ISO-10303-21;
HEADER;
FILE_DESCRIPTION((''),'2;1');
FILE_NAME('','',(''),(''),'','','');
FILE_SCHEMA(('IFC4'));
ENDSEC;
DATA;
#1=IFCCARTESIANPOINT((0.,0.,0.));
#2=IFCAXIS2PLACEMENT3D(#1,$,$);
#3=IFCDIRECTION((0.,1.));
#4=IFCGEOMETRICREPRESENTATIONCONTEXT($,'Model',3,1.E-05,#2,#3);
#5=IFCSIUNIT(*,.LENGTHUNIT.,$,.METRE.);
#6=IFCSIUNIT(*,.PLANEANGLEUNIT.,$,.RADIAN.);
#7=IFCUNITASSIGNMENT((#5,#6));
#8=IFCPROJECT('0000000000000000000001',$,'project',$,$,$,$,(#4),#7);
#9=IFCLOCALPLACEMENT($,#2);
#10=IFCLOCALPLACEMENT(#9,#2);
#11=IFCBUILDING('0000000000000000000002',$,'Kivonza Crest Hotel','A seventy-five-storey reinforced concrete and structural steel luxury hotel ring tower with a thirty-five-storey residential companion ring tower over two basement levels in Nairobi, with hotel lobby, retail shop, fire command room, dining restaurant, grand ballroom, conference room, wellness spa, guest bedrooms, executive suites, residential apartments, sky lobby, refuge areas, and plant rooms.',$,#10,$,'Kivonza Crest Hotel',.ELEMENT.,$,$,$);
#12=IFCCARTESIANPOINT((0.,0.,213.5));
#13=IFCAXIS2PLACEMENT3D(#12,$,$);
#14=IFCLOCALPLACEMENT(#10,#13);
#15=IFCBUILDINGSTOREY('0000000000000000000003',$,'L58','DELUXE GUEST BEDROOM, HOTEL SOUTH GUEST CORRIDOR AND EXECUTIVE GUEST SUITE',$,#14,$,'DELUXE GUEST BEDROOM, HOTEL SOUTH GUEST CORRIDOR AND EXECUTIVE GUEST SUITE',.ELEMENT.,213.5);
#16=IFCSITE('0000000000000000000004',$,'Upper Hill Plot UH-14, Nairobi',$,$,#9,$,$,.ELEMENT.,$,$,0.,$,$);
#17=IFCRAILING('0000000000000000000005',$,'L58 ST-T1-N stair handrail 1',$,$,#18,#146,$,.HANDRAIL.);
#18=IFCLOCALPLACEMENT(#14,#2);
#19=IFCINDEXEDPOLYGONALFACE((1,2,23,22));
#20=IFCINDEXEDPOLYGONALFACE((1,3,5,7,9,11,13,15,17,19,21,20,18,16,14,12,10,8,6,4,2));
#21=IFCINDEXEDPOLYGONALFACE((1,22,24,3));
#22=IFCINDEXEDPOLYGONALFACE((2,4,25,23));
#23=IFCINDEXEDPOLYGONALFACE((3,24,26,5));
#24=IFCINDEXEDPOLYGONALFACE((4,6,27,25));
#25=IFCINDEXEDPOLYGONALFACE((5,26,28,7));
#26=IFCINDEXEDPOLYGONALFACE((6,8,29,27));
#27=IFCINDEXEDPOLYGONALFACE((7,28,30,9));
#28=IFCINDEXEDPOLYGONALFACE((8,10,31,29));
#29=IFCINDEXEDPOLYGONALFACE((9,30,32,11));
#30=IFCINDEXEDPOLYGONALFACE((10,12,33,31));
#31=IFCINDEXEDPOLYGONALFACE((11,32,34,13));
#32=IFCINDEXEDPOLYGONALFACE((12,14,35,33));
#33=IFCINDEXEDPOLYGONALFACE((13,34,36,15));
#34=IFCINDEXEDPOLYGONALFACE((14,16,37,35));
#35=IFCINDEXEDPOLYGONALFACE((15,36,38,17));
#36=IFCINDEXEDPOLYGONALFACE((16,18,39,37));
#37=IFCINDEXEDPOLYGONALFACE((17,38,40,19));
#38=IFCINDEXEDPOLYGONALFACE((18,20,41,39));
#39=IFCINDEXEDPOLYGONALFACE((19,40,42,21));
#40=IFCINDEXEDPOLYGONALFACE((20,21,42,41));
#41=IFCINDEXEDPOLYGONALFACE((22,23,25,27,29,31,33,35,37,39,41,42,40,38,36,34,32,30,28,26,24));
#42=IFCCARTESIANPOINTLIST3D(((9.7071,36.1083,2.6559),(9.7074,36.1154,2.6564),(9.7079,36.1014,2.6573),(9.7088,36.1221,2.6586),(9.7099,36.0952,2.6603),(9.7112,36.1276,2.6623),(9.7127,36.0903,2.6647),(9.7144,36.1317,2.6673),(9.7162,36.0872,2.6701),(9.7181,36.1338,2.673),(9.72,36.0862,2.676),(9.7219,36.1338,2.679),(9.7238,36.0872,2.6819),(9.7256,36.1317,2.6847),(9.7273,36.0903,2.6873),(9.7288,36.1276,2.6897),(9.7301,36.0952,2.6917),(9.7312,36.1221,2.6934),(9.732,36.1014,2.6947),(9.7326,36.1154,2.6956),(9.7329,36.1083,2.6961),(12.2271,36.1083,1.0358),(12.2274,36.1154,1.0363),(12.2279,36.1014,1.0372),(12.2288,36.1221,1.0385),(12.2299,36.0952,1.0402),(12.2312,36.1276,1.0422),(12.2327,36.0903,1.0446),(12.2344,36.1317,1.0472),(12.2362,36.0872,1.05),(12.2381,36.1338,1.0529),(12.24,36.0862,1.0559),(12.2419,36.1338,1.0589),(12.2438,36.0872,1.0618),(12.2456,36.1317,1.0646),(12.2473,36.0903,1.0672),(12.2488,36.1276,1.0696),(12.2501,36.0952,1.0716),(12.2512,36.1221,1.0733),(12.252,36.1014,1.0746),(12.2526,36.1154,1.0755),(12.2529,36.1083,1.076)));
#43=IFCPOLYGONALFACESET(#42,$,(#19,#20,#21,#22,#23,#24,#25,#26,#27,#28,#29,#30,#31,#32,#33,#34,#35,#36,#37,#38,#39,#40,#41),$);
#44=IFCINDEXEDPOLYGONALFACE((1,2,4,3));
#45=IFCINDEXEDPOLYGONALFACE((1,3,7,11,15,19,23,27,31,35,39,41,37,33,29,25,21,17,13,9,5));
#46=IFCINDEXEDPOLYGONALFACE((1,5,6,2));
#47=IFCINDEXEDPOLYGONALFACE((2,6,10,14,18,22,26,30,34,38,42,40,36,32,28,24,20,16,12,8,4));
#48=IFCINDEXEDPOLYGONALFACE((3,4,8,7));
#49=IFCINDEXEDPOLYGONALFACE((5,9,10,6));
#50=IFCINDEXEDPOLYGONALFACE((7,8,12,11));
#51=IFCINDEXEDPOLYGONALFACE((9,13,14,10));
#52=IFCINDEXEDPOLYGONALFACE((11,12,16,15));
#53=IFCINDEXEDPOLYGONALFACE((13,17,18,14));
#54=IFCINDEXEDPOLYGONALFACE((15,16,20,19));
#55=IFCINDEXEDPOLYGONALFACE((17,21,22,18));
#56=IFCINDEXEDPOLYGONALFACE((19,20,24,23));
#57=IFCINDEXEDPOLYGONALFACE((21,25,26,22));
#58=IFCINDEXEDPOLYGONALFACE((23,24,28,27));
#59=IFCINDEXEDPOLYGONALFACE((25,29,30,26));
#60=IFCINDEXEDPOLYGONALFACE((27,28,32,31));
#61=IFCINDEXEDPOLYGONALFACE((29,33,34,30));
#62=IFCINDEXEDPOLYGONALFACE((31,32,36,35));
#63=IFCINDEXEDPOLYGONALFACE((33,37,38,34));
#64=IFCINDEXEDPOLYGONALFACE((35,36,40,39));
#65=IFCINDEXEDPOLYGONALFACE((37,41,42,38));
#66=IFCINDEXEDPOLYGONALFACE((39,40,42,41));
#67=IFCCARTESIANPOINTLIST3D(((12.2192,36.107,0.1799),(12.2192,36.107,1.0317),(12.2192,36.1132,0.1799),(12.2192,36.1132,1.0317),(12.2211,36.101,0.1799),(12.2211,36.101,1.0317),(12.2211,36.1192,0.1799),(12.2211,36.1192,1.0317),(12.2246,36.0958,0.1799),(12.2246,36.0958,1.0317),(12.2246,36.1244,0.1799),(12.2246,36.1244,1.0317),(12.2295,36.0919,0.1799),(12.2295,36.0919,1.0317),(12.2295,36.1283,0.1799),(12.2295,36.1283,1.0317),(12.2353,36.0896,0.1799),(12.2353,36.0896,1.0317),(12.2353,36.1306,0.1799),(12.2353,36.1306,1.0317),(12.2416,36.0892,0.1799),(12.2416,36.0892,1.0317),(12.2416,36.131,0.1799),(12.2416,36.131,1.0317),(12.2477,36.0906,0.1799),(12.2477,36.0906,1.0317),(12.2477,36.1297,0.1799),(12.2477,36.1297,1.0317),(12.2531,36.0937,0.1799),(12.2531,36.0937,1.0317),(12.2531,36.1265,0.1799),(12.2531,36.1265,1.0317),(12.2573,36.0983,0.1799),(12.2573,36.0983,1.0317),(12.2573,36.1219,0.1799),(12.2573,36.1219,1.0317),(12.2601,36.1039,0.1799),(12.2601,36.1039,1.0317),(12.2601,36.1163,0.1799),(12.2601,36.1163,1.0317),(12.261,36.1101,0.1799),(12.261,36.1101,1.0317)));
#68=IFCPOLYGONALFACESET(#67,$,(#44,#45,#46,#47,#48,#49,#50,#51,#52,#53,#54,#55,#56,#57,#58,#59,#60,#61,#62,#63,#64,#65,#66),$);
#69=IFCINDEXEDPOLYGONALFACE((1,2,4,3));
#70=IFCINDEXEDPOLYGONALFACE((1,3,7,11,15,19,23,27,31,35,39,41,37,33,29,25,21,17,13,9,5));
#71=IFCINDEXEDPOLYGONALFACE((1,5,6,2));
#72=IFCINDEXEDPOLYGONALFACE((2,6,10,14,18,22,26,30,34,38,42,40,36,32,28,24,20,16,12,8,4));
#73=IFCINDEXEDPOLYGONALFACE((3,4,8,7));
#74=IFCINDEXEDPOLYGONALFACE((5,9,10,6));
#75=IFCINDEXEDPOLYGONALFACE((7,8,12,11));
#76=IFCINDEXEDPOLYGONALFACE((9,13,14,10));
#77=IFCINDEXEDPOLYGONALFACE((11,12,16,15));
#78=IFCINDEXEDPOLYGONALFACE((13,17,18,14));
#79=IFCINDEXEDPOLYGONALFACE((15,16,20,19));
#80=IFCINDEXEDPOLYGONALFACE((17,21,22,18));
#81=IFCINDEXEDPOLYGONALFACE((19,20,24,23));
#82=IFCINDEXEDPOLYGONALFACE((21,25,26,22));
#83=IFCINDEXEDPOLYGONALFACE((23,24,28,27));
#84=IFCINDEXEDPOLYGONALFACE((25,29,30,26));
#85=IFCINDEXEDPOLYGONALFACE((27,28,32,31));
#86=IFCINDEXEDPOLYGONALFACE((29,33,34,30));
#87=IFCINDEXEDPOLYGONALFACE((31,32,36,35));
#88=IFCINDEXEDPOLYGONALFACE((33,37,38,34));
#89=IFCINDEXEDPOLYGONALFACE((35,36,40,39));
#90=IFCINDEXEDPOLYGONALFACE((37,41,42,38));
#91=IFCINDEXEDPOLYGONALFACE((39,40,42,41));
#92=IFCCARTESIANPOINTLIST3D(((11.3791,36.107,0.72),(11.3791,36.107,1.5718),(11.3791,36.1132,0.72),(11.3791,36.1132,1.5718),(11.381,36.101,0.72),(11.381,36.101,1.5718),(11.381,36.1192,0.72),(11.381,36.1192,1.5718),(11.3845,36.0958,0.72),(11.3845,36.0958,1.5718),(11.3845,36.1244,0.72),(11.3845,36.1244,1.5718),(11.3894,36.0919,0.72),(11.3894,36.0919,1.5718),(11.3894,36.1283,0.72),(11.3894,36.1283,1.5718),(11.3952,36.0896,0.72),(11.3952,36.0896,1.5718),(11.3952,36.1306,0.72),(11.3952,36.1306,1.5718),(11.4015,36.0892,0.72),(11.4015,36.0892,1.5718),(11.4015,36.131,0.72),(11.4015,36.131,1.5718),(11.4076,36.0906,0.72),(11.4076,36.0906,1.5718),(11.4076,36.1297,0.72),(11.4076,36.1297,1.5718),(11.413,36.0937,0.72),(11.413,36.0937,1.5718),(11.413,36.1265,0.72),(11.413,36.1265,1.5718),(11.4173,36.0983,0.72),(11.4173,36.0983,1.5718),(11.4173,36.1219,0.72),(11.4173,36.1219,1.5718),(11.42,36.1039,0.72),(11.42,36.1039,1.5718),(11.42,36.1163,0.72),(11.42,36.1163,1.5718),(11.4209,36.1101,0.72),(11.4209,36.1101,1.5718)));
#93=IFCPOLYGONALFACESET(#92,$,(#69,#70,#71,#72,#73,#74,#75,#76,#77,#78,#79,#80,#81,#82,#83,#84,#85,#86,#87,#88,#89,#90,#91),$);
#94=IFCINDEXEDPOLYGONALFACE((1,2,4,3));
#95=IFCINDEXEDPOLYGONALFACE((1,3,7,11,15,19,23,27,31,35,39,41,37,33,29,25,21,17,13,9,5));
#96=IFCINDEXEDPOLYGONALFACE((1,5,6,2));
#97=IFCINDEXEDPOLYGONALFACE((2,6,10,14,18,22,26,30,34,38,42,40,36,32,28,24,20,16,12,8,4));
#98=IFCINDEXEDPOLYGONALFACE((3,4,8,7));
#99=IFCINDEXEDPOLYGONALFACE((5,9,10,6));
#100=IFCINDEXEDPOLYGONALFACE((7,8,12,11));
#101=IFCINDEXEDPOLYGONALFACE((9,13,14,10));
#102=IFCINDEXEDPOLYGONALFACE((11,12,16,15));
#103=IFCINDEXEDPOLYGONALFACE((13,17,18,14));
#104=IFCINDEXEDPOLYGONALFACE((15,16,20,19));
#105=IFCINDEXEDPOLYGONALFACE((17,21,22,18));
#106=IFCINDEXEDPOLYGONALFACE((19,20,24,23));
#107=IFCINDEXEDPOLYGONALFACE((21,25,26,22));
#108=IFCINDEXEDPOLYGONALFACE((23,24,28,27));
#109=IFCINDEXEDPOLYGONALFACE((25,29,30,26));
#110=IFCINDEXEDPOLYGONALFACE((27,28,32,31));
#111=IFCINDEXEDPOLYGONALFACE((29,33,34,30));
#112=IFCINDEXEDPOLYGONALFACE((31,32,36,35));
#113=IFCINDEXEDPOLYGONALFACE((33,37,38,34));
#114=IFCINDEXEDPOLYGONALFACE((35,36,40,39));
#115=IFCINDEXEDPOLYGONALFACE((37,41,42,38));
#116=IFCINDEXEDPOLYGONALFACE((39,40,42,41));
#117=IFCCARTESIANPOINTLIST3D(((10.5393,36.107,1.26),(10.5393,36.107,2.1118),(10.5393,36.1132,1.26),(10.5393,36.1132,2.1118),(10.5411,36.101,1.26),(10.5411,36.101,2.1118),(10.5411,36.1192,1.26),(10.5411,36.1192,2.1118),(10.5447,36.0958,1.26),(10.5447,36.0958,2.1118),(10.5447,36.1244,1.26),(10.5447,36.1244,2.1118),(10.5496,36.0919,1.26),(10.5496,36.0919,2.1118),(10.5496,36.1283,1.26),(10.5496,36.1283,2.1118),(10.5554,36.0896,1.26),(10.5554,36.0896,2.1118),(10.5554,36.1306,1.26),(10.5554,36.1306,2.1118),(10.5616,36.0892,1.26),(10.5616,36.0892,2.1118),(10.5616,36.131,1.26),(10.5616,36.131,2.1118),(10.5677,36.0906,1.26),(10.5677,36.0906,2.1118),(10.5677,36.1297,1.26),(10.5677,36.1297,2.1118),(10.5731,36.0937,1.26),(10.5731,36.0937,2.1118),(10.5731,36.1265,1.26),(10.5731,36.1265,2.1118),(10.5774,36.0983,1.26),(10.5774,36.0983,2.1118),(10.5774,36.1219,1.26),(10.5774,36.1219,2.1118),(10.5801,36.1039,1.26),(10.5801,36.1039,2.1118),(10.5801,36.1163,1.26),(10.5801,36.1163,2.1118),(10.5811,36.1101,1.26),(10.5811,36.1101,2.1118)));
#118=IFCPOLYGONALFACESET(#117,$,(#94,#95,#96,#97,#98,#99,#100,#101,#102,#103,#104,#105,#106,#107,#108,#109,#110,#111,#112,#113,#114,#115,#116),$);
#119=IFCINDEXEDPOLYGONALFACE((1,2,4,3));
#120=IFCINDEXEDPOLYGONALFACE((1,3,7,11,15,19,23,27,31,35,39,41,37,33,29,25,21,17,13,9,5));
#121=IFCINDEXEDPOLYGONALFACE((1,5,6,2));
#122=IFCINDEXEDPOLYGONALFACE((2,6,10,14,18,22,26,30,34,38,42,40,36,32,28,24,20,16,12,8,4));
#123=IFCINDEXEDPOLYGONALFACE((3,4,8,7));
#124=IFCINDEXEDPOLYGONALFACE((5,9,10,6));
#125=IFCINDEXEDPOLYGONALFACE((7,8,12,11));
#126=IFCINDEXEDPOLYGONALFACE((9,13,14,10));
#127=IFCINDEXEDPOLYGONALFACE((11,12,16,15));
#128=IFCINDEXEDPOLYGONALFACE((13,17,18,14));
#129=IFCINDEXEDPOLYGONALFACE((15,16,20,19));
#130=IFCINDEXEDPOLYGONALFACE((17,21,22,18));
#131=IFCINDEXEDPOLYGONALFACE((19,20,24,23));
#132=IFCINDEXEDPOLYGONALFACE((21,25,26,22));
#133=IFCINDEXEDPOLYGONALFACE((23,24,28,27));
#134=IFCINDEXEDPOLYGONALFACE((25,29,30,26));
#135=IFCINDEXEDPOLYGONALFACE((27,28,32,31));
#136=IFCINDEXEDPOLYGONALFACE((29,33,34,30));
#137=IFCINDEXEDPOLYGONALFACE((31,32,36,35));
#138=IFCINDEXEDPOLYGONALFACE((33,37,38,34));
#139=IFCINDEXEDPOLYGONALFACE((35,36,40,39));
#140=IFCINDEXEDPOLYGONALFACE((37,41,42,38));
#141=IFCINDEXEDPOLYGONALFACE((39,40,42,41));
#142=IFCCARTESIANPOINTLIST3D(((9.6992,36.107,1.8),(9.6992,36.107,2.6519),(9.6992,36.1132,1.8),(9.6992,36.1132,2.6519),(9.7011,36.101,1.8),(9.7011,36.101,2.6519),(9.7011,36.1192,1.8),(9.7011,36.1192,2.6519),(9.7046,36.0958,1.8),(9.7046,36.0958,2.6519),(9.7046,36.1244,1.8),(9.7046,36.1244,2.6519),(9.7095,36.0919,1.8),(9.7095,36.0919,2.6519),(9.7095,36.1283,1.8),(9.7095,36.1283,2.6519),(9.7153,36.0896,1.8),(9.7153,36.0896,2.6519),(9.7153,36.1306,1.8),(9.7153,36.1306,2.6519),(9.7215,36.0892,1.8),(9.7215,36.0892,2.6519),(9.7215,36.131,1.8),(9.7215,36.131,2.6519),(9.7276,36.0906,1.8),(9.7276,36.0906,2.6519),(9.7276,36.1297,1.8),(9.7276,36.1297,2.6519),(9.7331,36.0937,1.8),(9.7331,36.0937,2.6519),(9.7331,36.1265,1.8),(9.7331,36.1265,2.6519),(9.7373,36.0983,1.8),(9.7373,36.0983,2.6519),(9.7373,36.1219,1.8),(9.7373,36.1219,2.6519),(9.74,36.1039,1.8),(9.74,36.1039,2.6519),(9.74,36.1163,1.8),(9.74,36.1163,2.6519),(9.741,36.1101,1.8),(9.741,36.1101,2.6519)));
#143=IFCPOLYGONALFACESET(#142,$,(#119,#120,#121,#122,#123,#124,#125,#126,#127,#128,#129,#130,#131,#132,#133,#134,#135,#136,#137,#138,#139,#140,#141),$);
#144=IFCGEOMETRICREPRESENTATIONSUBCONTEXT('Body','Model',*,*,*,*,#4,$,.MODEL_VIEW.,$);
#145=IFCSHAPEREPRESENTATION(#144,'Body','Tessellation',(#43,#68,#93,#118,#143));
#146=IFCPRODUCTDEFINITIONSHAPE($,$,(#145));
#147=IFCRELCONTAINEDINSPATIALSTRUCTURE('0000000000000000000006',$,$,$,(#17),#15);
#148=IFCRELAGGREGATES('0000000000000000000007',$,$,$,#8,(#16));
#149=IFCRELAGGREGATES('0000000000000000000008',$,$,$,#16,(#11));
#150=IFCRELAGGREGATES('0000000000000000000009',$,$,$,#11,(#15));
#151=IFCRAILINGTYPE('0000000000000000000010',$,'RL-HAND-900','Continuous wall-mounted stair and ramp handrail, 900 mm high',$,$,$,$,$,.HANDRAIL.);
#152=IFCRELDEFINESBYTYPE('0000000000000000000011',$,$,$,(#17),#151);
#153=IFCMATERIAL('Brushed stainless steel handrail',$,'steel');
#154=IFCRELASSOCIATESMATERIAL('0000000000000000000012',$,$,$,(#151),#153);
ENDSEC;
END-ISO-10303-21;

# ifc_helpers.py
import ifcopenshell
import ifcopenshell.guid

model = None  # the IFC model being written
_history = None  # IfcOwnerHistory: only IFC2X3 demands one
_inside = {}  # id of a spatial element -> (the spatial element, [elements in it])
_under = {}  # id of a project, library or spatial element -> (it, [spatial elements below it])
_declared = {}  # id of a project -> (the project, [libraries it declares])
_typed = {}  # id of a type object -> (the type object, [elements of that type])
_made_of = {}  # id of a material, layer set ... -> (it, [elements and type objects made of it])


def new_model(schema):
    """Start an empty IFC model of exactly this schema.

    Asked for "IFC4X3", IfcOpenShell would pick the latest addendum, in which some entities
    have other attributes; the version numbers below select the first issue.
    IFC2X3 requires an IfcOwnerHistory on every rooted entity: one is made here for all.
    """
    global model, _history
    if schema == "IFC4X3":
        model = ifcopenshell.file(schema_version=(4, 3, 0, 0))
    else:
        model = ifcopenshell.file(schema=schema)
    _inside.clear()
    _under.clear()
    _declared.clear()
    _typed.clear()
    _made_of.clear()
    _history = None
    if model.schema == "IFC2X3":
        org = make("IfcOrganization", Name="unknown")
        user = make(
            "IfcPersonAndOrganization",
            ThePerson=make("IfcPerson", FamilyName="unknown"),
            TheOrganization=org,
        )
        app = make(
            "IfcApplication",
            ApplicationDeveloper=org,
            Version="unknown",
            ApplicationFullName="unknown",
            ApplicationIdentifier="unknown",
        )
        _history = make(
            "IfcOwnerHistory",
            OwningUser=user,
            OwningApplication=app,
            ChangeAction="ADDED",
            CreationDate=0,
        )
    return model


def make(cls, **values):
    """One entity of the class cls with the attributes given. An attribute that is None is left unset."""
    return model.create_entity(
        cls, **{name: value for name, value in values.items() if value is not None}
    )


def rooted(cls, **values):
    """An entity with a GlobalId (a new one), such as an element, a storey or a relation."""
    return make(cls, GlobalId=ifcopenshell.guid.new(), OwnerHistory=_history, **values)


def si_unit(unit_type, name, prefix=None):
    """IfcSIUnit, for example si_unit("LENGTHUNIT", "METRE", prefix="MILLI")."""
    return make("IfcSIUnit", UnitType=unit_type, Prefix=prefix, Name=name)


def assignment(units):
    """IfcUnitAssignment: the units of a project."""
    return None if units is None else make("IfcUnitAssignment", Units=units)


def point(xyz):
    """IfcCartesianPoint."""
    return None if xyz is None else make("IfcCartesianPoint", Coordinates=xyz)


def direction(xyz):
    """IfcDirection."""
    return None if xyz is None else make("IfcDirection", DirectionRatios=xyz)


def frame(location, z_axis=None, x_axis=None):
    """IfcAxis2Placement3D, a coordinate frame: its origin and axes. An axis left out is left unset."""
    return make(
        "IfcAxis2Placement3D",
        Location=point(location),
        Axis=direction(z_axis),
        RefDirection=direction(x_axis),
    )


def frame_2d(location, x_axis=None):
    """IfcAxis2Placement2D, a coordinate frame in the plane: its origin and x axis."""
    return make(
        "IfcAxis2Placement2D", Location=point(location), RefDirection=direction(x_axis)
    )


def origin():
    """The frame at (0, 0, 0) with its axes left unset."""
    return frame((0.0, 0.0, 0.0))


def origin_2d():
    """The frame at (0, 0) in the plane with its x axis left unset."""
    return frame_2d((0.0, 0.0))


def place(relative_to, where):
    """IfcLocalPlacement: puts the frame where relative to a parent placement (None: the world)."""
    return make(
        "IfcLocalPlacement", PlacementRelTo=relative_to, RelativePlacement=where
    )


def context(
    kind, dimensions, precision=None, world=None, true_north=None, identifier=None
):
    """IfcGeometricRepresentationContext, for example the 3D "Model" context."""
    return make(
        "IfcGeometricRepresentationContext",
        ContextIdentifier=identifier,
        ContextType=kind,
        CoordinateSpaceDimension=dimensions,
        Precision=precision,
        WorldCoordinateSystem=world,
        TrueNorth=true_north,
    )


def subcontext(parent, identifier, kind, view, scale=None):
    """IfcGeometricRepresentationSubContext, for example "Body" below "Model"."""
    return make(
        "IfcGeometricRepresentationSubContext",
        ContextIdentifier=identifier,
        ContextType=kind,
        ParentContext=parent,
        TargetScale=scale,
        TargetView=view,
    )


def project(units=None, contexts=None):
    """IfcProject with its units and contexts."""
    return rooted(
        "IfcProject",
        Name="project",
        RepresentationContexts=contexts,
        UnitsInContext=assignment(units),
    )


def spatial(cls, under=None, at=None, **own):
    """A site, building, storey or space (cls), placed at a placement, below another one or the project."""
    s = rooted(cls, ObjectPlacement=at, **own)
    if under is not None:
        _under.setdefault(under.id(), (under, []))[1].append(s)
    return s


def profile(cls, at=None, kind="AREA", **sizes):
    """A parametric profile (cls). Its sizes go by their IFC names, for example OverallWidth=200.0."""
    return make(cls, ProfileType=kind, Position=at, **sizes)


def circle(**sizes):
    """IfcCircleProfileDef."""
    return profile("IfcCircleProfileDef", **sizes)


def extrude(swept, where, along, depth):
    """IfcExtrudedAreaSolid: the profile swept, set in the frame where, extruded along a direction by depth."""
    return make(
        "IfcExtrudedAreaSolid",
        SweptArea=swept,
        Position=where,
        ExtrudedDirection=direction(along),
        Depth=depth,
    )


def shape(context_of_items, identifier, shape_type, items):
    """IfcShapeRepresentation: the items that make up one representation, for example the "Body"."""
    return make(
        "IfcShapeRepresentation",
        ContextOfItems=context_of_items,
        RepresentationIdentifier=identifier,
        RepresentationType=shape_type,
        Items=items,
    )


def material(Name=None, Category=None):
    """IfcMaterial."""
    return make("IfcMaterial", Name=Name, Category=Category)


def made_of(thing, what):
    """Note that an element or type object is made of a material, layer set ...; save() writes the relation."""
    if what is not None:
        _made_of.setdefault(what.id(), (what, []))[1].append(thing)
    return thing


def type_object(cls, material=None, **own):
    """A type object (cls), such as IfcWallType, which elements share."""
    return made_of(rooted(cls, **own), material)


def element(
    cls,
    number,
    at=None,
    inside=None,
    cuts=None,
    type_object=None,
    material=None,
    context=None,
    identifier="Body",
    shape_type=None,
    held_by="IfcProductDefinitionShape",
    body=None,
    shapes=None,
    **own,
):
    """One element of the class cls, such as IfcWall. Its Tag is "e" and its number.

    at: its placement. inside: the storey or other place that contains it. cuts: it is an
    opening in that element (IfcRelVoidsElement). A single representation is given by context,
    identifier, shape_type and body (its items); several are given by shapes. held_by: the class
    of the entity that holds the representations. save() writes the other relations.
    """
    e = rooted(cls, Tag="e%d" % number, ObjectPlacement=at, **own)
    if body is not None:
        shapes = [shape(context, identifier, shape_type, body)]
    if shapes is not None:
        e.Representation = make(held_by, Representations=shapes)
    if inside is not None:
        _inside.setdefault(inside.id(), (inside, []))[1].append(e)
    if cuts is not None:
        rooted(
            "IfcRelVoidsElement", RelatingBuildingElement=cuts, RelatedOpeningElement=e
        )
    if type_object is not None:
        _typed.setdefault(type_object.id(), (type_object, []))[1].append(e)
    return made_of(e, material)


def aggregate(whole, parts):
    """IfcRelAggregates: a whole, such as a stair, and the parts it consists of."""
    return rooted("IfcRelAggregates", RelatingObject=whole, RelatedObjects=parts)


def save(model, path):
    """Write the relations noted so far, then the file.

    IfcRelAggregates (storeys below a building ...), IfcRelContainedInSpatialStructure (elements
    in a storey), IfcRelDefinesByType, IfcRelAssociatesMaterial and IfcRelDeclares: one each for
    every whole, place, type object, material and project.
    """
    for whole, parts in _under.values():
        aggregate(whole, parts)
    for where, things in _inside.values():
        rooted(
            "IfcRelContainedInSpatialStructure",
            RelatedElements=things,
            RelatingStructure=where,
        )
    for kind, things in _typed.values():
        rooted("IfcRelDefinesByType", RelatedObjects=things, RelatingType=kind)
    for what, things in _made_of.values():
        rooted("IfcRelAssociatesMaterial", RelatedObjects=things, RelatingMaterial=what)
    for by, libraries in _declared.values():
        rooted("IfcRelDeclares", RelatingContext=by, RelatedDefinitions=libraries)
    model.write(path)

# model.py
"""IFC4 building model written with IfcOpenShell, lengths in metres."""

from ifc_helpers import new_model, si_unit, direction, frame, origin, origin_2d, place, context, subcontext, project, spatial, circle, extrude, material, type_object, element, save


model = new_model("IFC4")

# Units and contexts
model_context = context("Model", 3, precision=1e-05, world=origin(), true_north=direction((0.0, 1.0)))
body_context = subcontext(model_context, "Body", "Model", "MODEL_VIEW")
ifc_project = project(units=[si_unit("LENGTHUNIT", "METRE"), si_unit("PLANEANGLEUNIT", "RADIAN")], contexts=[model_context])

# Site, building, storey
site_placement = place(None, origin())
site = spatial("IfcSite", under=ifc_project, at=site_placement, Name="Upper Hill Plot UH-14, Nairobi", CompositionType="ELEMENT", RefElevation=0.0)
building_placement = place(site_placement, origin())
building = spatial("IfcBuilding", under=site, at=building_placement, Name="Kivonza Crest Hotel", Description="A seventy-five-storey reinforced concrete and structural steel luxury hotel ring tower with a thirty-five-storey residential companion ring tower over two basement levels in Nairobi, with hotel lobby, retail shop, fire command room, dining restaurant, grand ballroom, conference room, wellness spa, guest bedrooms, executive suites, residential apartments, sky lobby, refuge areas, and plant rooms.", LongName="Kivonza Crest Hotel", CompositionType="ELEMENT")
storey_placement = place(building_placement, frame((0.0, 0.0, 213.5)))
storey = spatial("IfcBuildingStorey", under=building, at=storey_placement, Name="L58", Description="DELUXE GUEST BEDROOM, HOTEL SOUTH GUEST CORRIDOR AND EXECUTIVE GUEST SUITE", LongName="DELUXE GUEST BEDROOM, HOTEL SOUTH GUEST CORRIDOR AND EXECUTIVE GUEST SUITE", CompositionType="ELEMENT", Elevation=213.5)

# Railing
ifc_material_1 = material(Name="Brushed stainless steel handrail", Category="steel")
railing_type_1 = type_object("IfcRailingType", Name="RL-HAND-900", Description="Continuous wall-mounted stair and ramp handrail, 900 mm high", PredefinedType="HANDRAIL", material=ifc_material_1)
railing_1_placement = place(storey_placement, frame((12.24, 36.1101, 0.1799)))
element("IfcRailing", 1, at=railing_1_placement, inside=storey, type_object=railing_type_1, Name="L58 ST-T1-N stair handrail 1", PredefinedType="HANDRAIL", context=body_context, shape_type="SweptSolid", body=[
    extrude(circle(Radius=0.0239, at=origin_2d()), frame((0.0, 0.0, 0.876), z_axis=(-0.841163, 0.0, 0.540782), x_axis=(0.0, -1.0, 0.0)), (0.0, 0.0, 1.0), 2.9958),
    extrude(circle(Radius=0.021, at=origin_2d()), origin(), (0.0, 0.0, 1.0), 0.8518),
    extrude(circle(Radius=0.021, at=origin_2d()), frame((-0.8401, 0.0, 0.54)), (0.0, 0.0, 1.0), 0.8518),
    extrude(circle(Radius=0.021, at=origin_2d()), frame((-1.6799, 0.0, 1.0801)), (0.0, 0.0, 1.0), 0.8518),
    extrude(circle(Radius=0.021, at=origin_2d()), frame((-2.52, 0.0, 1.6201)), (0.0, 0.0, 1.0), 0.8518),
])

save(model, "model.ifc")
